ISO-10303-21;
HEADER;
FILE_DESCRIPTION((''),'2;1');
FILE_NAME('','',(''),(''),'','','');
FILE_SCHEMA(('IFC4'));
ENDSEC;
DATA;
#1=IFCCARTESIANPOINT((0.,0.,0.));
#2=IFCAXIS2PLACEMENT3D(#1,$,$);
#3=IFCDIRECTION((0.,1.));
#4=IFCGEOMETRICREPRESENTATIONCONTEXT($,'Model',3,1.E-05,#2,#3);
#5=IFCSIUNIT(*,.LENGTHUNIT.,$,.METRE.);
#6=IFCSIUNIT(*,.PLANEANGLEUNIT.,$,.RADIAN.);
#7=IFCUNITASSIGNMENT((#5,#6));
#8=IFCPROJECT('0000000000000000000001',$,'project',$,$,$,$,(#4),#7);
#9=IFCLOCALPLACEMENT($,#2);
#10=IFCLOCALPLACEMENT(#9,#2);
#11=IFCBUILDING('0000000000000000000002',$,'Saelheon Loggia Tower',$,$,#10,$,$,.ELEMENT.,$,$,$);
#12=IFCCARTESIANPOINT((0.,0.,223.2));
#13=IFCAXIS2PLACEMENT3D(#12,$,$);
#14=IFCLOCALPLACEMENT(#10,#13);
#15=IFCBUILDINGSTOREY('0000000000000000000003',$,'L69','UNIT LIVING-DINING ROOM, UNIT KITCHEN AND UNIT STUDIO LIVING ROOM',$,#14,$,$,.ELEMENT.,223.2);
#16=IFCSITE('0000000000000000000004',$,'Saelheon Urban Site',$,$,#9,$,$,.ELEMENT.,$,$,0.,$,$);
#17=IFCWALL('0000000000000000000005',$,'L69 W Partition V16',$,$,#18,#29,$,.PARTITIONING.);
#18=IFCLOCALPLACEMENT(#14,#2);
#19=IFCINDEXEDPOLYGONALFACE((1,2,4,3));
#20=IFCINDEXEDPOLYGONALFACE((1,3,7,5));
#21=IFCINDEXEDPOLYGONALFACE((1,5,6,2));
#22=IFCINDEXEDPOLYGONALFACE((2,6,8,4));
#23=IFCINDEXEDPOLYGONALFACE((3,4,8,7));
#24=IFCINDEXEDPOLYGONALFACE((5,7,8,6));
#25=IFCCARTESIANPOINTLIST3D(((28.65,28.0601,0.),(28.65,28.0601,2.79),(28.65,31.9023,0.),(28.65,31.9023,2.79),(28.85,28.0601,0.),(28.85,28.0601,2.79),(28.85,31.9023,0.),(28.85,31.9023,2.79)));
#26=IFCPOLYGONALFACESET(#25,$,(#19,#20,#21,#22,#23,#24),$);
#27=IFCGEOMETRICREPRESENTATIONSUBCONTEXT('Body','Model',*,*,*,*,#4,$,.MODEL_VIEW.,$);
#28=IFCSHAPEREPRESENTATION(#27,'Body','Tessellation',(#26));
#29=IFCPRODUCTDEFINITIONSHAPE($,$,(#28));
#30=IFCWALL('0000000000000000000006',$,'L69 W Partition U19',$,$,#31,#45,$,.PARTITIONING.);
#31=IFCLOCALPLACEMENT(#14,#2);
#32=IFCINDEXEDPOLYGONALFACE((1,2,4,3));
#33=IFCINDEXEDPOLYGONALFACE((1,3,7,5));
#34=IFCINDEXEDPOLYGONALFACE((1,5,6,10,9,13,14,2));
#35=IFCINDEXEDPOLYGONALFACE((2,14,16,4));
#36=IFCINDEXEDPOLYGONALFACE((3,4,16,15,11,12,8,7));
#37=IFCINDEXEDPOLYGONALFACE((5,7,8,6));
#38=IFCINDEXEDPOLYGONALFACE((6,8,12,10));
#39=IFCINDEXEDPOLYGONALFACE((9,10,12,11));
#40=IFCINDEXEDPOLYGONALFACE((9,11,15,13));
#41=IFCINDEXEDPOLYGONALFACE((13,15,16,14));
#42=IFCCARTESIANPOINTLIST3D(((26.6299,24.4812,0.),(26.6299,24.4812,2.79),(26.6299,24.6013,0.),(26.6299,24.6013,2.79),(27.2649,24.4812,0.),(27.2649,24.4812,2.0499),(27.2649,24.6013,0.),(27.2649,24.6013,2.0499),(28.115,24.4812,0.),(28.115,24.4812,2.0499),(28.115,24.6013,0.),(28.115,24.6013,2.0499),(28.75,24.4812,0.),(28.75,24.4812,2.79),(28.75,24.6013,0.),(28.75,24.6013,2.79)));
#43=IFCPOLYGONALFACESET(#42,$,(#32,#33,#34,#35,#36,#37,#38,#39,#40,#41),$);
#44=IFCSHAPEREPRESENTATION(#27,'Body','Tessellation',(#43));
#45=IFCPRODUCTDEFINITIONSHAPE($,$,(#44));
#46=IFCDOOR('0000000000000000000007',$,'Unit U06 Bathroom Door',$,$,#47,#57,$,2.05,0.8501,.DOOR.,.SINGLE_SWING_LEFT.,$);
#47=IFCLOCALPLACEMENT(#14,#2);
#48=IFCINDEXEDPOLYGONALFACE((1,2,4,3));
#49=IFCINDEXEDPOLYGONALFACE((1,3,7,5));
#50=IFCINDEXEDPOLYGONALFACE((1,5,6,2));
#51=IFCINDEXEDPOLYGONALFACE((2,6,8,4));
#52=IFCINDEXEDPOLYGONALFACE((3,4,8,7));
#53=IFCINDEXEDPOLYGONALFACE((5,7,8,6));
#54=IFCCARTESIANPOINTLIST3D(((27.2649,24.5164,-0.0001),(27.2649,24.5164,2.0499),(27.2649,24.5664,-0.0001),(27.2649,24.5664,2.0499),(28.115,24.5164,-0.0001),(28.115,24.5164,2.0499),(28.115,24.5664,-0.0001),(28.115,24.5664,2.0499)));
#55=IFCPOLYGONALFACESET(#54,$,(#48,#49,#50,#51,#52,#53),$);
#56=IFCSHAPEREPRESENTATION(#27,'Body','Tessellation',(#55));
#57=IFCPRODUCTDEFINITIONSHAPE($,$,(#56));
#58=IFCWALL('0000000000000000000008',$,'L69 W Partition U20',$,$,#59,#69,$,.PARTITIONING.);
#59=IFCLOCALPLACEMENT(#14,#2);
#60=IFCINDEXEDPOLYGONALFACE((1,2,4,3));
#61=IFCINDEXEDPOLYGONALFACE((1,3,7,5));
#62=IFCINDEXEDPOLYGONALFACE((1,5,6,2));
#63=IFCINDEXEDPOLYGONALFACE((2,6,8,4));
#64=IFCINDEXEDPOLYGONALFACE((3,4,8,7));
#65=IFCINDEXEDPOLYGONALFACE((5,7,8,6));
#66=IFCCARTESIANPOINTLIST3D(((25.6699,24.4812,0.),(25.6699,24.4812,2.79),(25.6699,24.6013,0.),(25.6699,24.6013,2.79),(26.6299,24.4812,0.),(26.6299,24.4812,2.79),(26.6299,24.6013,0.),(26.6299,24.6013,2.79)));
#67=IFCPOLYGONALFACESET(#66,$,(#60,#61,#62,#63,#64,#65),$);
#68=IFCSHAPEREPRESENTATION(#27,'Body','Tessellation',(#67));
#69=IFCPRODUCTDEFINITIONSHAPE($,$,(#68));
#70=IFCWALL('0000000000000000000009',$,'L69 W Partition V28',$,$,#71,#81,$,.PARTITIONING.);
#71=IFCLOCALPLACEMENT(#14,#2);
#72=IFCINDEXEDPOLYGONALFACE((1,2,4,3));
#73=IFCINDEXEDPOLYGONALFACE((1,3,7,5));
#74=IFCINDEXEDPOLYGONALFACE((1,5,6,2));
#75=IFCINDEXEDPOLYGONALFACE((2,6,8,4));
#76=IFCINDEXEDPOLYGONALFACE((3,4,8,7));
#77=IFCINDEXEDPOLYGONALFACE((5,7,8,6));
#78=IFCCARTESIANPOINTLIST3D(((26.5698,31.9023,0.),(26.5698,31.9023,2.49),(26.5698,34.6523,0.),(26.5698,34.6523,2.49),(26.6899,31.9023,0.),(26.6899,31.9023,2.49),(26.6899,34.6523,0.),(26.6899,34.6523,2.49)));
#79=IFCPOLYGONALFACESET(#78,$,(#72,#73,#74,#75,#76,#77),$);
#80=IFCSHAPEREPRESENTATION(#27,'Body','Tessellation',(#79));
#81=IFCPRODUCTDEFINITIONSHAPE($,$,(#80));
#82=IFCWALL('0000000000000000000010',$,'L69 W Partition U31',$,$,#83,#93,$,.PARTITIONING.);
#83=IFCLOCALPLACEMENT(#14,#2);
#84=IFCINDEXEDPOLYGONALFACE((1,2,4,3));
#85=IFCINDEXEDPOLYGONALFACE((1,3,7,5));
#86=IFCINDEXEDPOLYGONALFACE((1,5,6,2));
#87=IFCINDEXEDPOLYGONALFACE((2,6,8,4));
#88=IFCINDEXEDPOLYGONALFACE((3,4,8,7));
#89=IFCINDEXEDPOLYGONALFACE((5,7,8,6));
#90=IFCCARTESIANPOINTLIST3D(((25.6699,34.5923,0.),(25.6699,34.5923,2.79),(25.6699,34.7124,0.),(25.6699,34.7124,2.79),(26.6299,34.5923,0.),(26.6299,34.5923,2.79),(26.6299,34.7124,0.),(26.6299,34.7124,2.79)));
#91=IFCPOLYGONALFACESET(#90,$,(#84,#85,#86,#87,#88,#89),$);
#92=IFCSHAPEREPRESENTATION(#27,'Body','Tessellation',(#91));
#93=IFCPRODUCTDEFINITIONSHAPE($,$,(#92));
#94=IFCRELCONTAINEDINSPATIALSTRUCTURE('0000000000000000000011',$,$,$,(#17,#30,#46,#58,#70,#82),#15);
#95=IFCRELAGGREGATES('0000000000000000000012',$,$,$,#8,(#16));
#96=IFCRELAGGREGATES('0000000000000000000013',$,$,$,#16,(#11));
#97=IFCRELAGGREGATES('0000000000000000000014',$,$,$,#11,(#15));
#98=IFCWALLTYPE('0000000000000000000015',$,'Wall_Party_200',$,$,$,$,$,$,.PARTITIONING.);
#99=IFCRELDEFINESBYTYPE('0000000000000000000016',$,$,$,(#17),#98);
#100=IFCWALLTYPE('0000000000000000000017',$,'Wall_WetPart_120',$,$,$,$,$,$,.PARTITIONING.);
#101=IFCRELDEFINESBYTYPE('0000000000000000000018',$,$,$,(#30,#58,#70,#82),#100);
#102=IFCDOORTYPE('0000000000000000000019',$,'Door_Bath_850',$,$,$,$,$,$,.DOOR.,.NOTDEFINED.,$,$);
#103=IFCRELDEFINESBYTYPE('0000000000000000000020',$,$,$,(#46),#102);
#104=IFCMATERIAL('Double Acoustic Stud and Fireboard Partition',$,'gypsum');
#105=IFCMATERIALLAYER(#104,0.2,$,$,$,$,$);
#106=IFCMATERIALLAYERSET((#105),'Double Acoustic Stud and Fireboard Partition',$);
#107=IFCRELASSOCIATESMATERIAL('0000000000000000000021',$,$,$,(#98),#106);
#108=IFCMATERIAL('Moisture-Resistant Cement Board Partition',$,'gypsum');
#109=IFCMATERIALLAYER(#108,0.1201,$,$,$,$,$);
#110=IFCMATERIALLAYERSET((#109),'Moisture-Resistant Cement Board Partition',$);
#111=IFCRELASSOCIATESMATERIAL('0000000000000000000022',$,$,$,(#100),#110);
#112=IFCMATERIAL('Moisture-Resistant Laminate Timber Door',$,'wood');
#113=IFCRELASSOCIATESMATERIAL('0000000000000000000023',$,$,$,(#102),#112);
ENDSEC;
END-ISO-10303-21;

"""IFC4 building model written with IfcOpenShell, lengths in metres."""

from ifc_helpers import new_model, si_unit, direction, frame, frame_2d, origin, place, context, subcontext, project, spatial, rectangle, extrude, source, transform, mapped, material, layer, layer_set, type_object, element, fill, save


model = new_model("IFC4")

# Units and contexts
model_context = context("Model", 3, precision=1e-05, world=origin(), true_north=direction((0.0, 1.0)))
body_context = subcontext(model_context, "Body", "Model", "MODEL_VIEW")
ifc_project = project(units=[si_unit("LENGTHUNIT", "METRE"), si_unit("PLANEANGLEUNIT", "RADIAN")], contexts=[model_context])

# Site, building, storey
site_placement = place(None, origin())
site = spatial("IfcSite", under=ifc_project, at=site_placement, Name="Saelheon Urban Site", CompositionType="ELEMENT", RefElevation=0.0)
building_placement = place(site_placement, origin())
building = spatial("IfcBuilding", under=site, at=building_placement, Name="Saelheon Loggia Tower", CompositionType="ELEMENT")
storey_placement = place(building_placement, frame((0.0, 0.0, 223.2)))
storey = spatial("IfcBuildingStorey", under=building, at=storey_placement, Name="L69", Description="UNIT LIVING-DINING ROOM, UNIT KITCHEN AND UNIT STUDIO LIVING ROOM", CompositionType="ELEMENT", Elevation=223.2)

# Shared definitions
ifc_material_1 = material(Name="Double Acoustic Stud and Fireboard Partition", Category="gypsum")
ifc_layer_1 = layer(ifc_material_1, 0.2)
ifc_layer_set_1 = layer_set([ifc_layer_1], Name="Double Acoustic Stud and Fireboard Partition")
wall_type_1 = type_object("IfcWallType", Name="Wall_Party_200", PredefinedType="PARTITIONING", material=ifc_layer_set_1)

# Wall
wall_1_placement = place(storey_placement, frame((28.75, 28.0601, 0.0), z_axis=(0.0, 0.0, 1.0), x_axis=(0.0, 1.0, 0.0)))
element("IfcWall", 1, at=wall_1_placement, inside=storey, type_object=wall_type_1, Name="L69 W Partition V16", PredefinedType="PARTITIONING", context=body_context, shape_type="SweptSolid", body=[
    extrude(rectangle(XDim=3.8423, YDim=0.2, at=frame_2d((1.9211, 0.0))), origin(), (0.0, 0.0, 1.0), 2.79),
])

# Wall, opening, door
ifc_material_2 = material(Name="Moisture-Resistant Cement Board Partition", Category="gypsum")
ifc_layer_2 = layer(ifc_material_2, 0.1201)
ifc_layer_set_2 = layer_set([ifc_layer_2], Name="Moisture-Resistant Cement Board Partition")
wall_type_2 = type_object("IfcWallType", Name="Wall_WetPart_120", PredefinedType="PARTITIONING", material=ifc_layer_set_2)
wall_2_placement = place(storey_placement, frame((28.75, 24.5413, 0.0), z_axis=(0.0, 0.0, 1.0), x_axis=(-1.0, 0.0, 0.0)))
wall_2 = element("IfcWall", 2, at=wall_2_placement, inside=storey, type_object=wall_type_2, Name="L69 W Partition U19", PredefinedType="PARTITIONING", context=body_context, shape_type="SweptSolid", body=[
    extrude(rectangle(XDim=2.1201, YDim=0.1201, at=frame_2d((1.0601, 0.0))), origin(), (0.0, 0.0, 1.0), 2.79),
])
opening_1_placement = place(wall_2_placement, frame((0.635, 0.0, 0.0)))
opening_1 = element("IfcOpeningElement", 3, at=opening_1_placement, cuts=wall_2, PredefinedType="OPENING", context=body_context, shape_type="SweptSolid", body=[
    extrude(rectangle(XDim=0.8501, YDim=2.05, at=frame_2d((0.425, 1.0249))), frame((0.0, 0.072, 0.0), z_axis=(0.0, -1.0, 0.0), x_axis=(1.0, 0.0, 0.0)), (0.0, 0.0, 1.0), 0.144),
])
ifc_material_3 = material(Name="Moisture-Resistant Laminate Timber Door", Category="wood")
door_type_1 = type_object("IfcDoorType", Name="Door_Bath_850", OperationType="NOTDEFINED", PredefinedType="DOOR", material=ifc_material_3)
shared_shape_1 = source(origin(), body_context, "Body", "SweptSolid", [
    extrude(rectangle(XDim=0.8501, YDim=2.05, at=frame_2d((0.425, 1.0249))), frame((0.0, 0.0249, 0.0), z_axis=(0.0, -1.0, 0.0), x_axis=(1.0, 0.0, 0.0)), (0.0, 0.0, 1.0), 0.05),
])
door_1_placement = place(opening_1_placement, origin())
door_1 = element("IfcDoor", 4, at=door_1_placement, inside=storey, type_object=door_type_1, Name="Unit U06 Bathroom Door", OperationType="SINGLE_SWING_LEFT", OverallHeight=2.05, OverallWidth=0.8501, PredefinedType="DOOR", context=body_context, shape_type="MappedRepresentation", body=[
    mapped(shared_shape_1, transform((0.0, 0.0, 0.0), scale=1.0)),
])
fill(opening_1, door_1)

# Walls
wall_3_placement = place(storey_placement, frame((26.6299, 24.5413, 0.0), z_axis=(0.0, 0.0, 1.0), x_axis=(-1.0, 0.0, 0.0)))
element("IfcWall", 5, at=wall_3_placement, inside=storey, type_object=wall_type_2, Name="L69 W Partition U20", PredefinedType="PARTITIONING", context=body_context, shape_type="SweptSolid", body=[
    extrude(rectangle(XDim=0.96, YDim=0.1201, at=frame_2d((0.48, 0.0))), origin(), (0.0, 0.0, 1.0), 2.79),
])
wall_4_placement = place(storey_placement, frame((26.6299, 31.9023, 0.0), z_axis=(0.0, 0.0, 1.0), x_axis=(0.0, 1.0, 0.0)))
element("IfcWall", 6, at=wall_4_placement, inside=storey, type_object=wall_type_2, Name="L69 W Partition V28", PredefinedType="PARTITIONING", context=body_context, shape_type="SweptSolid", body=[
    extrude(rectangle(XDim=2.75, YDim=0.1201, at=frame_2d((1.375, 0.0))), origin(), (0.0, 0.0, 1.0), 2.49),
])
wall_5_placement = place(storey_placement, frame((26.6299, 34.6523, 0.0), z_axis=(0.0, 0.0, 1.0), x_axis=(-1.0, 0.0, 0.0)))
element("IfcWall", 7, at=wall_5_placement, inside=storey, type_object=wall_type_2, Name="L69 W Partition U31", PredefinedType="PARTITIONING", context=body_context, shape_type="SweptSolid", body=[
    extrude(rectangle(XDim=0.96, YDim=0.1201, at=frame_2d((0.48, 0.0))), origin(), (0.0, 0.0, 1.0), 2.79),
])

save(model, "model.ifc")
